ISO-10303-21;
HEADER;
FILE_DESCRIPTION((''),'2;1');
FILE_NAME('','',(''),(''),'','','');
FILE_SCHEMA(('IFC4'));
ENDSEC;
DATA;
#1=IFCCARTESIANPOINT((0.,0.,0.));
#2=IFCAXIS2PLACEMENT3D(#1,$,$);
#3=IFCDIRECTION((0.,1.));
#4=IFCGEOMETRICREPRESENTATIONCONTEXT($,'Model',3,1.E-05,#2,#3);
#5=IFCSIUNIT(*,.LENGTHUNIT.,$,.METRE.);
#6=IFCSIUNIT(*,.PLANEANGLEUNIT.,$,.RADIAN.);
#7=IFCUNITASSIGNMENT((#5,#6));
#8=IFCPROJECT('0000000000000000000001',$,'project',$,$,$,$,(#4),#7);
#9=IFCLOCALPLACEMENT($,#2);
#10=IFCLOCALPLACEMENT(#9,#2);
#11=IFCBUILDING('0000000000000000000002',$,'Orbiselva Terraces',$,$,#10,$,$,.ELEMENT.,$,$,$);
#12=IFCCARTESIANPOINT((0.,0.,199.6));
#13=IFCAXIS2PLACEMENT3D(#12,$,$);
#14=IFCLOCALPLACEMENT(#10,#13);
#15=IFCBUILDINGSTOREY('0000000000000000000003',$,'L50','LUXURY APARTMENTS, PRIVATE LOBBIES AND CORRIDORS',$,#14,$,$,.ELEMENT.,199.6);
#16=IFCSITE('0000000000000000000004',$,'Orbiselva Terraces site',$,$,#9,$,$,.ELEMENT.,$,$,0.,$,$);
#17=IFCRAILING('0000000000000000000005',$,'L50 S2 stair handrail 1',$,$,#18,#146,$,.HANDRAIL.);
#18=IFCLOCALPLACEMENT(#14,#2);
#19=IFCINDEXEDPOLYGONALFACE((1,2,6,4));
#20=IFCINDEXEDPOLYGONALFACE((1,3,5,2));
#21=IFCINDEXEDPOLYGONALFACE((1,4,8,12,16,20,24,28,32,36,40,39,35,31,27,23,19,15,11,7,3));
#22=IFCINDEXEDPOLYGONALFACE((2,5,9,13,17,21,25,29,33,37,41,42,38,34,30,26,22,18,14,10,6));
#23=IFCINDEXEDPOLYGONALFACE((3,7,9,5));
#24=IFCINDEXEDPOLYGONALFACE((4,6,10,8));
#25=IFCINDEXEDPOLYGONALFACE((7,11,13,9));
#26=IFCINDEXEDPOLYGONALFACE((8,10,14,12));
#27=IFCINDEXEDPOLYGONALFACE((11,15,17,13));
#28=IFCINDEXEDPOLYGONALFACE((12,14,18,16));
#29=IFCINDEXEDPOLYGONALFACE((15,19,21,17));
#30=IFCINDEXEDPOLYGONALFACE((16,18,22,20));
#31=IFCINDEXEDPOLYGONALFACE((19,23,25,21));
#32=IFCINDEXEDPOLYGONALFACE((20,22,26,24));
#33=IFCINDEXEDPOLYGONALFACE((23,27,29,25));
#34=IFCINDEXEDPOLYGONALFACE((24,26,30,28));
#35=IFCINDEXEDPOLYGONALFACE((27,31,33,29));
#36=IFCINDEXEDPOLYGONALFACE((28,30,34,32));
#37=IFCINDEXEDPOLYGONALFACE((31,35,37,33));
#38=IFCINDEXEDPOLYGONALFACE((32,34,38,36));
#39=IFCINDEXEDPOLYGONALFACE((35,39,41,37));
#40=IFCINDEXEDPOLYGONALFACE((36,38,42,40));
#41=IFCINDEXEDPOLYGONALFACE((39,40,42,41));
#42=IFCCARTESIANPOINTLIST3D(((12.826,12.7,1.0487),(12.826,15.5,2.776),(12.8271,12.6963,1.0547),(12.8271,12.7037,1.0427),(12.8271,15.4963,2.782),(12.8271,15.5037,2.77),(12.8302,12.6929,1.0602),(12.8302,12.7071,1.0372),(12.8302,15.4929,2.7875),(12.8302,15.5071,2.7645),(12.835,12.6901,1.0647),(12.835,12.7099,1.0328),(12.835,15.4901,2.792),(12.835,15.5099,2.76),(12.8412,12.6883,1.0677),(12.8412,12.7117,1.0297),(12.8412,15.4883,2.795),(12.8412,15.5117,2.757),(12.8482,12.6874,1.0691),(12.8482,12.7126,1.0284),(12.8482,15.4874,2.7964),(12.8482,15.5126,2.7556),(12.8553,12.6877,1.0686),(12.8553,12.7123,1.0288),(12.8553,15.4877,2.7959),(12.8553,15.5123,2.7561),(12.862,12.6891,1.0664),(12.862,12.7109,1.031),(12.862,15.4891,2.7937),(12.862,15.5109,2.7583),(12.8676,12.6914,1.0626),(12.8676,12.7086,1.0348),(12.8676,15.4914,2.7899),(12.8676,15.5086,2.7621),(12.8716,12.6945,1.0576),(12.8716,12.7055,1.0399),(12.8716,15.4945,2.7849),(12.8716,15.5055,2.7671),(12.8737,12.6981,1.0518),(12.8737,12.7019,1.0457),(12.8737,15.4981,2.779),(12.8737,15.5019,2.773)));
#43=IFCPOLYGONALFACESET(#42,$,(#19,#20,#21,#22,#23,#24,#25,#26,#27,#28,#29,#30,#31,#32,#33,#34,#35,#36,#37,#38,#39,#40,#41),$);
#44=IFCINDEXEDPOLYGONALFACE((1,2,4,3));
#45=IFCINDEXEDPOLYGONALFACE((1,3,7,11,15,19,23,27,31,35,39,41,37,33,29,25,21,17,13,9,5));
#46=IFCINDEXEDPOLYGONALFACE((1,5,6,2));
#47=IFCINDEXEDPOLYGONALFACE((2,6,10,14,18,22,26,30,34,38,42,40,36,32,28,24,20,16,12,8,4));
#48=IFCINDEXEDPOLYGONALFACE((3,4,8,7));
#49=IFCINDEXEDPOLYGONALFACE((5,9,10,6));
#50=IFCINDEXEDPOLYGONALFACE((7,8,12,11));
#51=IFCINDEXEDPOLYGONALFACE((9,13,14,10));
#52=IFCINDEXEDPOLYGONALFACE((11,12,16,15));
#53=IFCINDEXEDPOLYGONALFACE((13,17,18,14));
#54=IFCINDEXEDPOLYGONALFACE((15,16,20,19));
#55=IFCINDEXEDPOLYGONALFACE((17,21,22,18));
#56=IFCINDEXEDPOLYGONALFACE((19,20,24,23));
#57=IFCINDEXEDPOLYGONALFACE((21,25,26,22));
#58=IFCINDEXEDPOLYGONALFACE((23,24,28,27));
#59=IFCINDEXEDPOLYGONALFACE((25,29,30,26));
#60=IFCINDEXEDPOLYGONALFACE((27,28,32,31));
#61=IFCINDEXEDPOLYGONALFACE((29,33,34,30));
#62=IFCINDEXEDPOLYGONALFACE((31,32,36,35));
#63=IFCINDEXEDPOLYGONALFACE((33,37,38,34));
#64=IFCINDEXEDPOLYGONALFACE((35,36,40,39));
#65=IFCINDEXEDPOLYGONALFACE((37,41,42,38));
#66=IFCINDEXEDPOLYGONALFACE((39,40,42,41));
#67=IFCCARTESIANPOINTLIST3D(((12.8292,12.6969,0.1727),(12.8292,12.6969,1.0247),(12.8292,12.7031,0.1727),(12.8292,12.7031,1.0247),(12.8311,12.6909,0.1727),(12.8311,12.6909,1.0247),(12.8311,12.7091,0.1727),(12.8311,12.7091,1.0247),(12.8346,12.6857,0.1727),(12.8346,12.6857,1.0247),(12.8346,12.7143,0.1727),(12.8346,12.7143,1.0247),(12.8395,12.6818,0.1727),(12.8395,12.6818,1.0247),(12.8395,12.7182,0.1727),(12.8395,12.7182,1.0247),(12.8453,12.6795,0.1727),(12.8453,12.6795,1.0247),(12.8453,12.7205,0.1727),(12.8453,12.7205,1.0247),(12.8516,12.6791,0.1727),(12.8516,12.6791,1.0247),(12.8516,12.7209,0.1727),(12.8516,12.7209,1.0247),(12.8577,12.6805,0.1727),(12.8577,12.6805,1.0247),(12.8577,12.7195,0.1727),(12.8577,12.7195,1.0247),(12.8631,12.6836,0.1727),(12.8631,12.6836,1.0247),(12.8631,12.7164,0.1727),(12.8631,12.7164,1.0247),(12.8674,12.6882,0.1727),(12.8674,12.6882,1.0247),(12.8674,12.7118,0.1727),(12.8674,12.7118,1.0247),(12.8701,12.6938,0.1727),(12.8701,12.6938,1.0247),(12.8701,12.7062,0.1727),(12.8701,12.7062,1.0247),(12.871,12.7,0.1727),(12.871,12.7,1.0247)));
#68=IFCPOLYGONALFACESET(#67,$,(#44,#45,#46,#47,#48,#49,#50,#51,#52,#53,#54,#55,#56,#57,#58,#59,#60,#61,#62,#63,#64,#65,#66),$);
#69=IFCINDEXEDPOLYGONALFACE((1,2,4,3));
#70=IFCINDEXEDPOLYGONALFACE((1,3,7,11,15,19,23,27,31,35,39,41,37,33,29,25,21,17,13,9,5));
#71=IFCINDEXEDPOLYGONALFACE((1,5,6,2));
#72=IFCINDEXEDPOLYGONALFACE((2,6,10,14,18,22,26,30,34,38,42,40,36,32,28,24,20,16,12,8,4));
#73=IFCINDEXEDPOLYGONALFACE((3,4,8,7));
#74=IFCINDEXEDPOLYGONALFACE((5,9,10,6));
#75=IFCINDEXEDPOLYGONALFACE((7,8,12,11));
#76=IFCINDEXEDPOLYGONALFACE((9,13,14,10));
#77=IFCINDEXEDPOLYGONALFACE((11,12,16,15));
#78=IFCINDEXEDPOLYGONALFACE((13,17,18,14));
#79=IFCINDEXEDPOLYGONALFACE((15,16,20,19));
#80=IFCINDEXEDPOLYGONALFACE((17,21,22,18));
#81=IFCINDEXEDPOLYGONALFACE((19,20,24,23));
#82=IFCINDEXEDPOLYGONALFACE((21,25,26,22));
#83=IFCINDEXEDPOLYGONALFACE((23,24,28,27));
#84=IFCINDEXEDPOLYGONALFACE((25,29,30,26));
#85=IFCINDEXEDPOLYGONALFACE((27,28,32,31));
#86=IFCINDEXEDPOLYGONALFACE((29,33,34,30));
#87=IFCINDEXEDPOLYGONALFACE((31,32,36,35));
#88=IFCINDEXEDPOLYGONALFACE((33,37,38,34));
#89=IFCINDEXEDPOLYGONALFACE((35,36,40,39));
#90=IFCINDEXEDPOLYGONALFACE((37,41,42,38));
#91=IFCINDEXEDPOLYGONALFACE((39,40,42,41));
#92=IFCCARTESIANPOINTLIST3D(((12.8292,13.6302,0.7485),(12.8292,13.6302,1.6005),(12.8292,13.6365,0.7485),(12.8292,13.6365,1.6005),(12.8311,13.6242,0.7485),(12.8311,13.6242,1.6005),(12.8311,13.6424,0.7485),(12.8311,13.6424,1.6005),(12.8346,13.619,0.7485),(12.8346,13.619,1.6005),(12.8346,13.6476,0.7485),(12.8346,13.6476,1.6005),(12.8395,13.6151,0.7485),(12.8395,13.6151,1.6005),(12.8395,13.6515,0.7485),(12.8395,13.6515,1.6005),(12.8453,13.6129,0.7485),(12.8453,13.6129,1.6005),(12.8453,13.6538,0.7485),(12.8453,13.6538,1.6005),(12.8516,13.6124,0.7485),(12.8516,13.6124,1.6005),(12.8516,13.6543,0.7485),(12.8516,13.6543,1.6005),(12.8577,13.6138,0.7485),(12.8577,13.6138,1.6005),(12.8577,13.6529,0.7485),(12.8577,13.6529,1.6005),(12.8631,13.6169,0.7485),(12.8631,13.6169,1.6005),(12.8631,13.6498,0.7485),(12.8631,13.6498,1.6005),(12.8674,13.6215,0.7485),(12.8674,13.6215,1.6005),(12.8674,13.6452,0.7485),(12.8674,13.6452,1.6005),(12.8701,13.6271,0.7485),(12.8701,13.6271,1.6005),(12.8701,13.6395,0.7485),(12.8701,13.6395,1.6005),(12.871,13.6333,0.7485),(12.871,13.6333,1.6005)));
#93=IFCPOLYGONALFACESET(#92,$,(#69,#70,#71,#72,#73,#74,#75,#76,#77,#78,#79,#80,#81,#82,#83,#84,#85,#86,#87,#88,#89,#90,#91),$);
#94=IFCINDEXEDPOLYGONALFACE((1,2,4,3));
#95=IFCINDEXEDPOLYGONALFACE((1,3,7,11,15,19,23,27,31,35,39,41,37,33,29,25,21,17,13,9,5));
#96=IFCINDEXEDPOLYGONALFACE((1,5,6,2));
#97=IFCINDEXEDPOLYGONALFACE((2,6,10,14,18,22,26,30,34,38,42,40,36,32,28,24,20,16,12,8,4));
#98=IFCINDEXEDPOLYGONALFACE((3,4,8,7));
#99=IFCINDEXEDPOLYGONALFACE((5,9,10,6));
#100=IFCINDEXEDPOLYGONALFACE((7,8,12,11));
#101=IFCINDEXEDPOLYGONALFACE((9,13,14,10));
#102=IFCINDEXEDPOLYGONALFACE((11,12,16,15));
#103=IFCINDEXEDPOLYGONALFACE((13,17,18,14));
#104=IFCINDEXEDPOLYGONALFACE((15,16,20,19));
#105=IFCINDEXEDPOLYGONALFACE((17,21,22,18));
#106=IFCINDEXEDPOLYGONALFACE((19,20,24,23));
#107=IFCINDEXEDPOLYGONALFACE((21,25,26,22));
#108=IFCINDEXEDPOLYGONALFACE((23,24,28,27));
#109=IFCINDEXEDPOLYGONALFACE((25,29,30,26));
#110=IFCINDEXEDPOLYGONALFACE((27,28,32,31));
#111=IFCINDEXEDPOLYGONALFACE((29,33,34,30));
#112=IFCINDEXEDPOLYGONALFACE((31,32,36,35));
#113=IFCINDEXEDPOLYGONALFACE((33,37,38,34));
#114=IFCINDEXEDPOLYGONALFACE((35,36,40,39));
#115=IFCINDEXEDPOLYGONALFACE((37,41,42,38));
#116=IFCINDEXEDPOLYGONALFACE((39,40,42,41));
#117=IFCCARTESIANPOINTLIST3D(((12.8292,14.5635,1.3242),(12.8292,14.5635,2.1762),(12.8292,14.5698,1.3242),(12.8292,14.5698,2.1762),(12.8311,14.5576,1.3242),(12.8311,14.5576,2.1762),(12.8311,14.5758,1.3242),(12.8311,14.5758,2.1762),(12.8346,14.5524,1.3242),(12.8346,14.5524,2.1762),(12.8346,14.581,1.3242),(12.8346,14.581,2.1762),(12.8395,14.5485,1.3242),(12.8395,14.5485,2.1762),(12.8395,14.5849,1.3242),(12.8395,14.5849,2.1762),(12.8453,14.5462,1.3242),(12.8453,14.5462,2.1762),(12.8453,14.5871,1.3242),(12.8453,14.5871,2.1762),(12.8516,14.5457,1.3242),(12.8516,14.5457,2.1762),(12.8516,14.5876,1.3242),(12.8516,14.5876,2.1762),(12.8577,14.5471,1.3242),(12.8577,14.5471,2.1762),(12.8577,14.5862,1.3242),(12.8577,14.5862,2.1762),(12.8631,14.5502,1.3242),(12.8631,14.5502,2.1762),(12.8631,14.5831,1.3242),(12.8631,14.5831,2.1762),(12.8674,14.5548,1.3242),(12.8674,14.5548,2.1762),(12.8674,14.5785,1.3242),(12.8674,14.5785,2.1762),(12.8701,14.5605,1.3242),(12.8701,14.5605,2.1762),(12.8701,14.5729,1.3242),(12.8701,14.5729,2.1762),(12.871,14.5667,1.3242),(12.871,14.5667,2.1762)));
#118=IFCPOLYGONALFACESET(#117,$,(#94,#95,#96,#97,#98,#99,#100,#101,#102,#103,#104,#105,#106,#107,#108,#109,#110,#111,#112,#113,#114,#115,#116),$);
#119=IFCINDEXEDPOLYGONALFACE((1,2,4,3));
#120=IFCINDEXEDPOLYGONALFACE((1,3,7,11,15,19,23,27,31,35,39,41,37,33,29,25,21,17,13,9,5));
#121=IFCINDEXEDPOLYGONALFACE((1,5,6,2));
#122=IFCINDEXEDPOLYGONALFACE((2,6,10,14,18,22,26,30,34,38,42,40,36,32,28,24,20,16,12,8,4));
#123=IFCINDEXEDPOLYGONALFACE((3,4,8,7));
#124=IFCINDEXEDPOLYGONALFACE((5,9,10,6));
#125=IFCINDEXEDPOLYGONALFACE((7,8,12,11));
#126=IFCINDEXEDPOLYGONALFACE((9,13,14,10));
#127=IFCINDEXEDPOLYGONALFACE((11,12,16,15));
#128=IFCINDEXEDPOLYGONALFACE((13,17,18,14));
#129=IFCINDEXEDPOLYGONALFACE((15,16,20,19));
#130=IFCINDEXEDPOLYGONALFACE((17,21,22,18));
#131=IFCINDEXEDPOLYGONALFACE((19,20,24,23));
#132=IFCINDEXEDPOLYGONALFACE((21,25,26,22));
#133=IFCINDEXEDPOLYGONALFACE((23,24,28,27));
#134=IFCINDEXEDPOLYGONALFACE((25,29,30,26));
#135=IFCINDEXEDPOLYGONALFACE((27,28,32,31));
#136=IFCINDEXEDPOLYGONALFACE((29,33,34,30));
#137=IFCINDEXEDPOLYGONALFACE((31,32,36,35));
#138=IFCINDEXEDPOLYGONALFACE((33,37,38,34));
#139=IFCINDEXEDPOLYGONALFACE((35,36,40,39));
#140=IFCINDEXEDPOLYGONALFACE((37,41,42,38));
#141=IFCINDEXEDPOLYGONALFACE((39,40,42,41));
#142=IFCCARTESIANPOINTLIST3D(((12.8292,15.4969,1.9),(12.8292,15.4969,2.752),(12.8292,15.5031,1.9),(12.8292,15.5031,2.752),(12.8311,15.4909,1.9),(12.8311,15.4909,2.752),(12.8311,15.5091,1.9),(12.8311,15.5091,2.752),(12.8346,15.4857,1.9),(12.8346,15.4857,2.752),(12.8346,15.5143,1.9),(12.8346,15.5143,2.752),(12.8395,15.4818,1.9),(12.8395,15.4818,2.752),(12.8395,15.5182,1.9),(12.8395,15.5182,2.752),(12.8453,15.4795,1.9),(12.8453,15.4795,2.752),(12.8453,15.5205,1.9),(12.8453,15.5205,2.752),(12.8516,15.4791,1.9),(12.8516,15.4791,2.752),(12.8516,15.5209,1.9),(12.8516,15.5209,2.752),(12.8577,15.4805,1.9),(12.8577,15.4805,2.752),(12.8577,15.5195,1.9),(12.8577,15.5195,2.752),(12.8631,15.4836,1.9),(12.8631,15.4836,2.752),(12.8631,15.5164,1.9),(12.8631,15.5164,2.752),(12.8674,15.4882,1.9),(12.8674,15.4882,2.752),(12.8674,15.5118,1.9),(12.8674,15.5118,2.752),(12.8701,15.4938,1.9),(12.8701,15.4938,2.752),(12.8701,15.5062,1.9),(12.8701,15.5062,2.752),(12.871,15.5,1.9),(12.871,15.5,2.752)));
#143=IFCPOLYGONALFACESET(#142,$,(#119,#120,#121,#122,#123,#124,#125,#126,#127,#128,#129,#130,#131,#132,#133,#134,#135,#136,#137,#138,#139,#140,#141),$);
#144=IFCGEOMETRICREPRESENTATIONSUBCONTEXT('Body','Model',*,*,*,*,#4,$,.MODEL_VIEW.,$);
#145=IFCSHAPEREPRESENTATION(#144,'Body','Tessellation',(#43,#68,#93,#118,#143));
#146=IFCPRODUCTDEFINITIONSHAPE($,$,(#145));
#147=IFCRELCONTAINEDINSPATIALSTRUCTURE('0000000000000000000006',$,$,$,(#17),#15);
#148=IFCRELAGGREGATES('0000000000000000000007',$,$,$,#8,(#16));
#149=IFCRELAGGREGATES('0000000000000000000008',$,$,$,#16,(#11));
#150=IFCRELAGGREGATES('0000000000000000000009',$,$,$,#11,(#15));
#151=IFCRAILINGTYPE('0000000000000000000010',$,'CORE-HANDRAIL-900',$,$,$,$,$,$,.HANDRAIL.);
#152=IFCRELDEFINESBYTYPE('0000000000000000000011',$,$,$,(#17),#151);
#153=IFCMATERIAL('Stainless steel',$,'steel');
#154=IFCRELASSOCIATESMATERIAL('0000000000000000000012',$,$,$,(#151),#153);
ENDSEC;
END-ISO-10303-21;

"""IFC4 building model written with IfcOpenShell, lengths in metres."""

from ifc_helpers import new_model, si_unit, direction, frame, origin, origin_2d, place, context, subcontext, project, spatial, circle, extrude, material, type_object, element, save


model = new_model("IFC4")

# Units and contexts
model_context = context("Model", 3, precision=1e-05, world=origin(), true_north=direction((0.0, 1.0)))
body_context = subcontext(model_context, "Body", "Model", "MODEL_VIEW")
ifc_project = project(units=[si_unit("LENGTHUNIT", "METRE"), si_unit("PLANEANGLEUNIT", "RADIAN")], contexts=[model_context])

# Site, building, storey
site_placement = place(None, origin())
site = spatial("IfcSite", under=ifc_project, at=site_placement, Name="Orbiselva Terraces site", CompositionType="ELEMENT", RefElevation=0.0)
building_placement = place(site_placement, origin())
building = spatial("IfcBuilding", under=site, at=building_placement, Name="Orbiselva Terraces", CompositionType="ELEMENT")
storey_placement = place(building_placement, frame((0.0, 0.0, 199.6)))
storey = spatial("IfcBuildingStorey", under=building, at=storey_placement, Name="L50", Description="LUXURY APARTMENTS, PRIVATE LOBBIES AND CORRIDORS", CompositionType="ELEMENT", Elevation=199.6)

# Railing
ifc_material_1 = material(Name="Stainless steel", Category="steel")
railing_type = type_object("IfcRailingType", Name="CORE-HANDRAIL-900", PredefinedType="HANDRAIL", material=ifc_material_1)
railing_1_placement = place(storey_placement, frame((12.85, 12.7, 0.1727)))
element("IfcRailing", 1, at=railing_1_placement, inside=storey, type_object=railing_type, Name="L50 S2 stair handrail 1", PredefinedType="HANDRAIL", context=body_context, shape_type="SweptSolid", body=[
    extrude(circle(Radius=0.024, at=origin_2d()), frame((0.0, 0.0, 0.876), z_axis=(0.0, 0.851089, 0.525022), x_axis=(-1.0, 0.0, 0.0)), (0.0, 0.0, 1.0), 3.2899),
    extrude(circle(Radius=0.021, at=origin_2d()), origin(), (0.0, 0.0, 1.0), 0.852),
    extrude(circle(Radius=0.021, at=origin_2d()), frame((0.0, 0.9333, 0.5758)), (0.0, 0.0, 1.0), 0.852),
    extrude(circle(Radius=0.021, at=origin_2d()), frame((0.0, 1.8667, 1.1515)), (0.0, 0.0, 1.0), 0.852),
    extrude(circle(Radius=0.021, at=origin_2d()), frame((0.0, 2.8, 1.7273)), (0.0, 0.0, 1.0), 0.852),
])

save(model, "model.ifc")
